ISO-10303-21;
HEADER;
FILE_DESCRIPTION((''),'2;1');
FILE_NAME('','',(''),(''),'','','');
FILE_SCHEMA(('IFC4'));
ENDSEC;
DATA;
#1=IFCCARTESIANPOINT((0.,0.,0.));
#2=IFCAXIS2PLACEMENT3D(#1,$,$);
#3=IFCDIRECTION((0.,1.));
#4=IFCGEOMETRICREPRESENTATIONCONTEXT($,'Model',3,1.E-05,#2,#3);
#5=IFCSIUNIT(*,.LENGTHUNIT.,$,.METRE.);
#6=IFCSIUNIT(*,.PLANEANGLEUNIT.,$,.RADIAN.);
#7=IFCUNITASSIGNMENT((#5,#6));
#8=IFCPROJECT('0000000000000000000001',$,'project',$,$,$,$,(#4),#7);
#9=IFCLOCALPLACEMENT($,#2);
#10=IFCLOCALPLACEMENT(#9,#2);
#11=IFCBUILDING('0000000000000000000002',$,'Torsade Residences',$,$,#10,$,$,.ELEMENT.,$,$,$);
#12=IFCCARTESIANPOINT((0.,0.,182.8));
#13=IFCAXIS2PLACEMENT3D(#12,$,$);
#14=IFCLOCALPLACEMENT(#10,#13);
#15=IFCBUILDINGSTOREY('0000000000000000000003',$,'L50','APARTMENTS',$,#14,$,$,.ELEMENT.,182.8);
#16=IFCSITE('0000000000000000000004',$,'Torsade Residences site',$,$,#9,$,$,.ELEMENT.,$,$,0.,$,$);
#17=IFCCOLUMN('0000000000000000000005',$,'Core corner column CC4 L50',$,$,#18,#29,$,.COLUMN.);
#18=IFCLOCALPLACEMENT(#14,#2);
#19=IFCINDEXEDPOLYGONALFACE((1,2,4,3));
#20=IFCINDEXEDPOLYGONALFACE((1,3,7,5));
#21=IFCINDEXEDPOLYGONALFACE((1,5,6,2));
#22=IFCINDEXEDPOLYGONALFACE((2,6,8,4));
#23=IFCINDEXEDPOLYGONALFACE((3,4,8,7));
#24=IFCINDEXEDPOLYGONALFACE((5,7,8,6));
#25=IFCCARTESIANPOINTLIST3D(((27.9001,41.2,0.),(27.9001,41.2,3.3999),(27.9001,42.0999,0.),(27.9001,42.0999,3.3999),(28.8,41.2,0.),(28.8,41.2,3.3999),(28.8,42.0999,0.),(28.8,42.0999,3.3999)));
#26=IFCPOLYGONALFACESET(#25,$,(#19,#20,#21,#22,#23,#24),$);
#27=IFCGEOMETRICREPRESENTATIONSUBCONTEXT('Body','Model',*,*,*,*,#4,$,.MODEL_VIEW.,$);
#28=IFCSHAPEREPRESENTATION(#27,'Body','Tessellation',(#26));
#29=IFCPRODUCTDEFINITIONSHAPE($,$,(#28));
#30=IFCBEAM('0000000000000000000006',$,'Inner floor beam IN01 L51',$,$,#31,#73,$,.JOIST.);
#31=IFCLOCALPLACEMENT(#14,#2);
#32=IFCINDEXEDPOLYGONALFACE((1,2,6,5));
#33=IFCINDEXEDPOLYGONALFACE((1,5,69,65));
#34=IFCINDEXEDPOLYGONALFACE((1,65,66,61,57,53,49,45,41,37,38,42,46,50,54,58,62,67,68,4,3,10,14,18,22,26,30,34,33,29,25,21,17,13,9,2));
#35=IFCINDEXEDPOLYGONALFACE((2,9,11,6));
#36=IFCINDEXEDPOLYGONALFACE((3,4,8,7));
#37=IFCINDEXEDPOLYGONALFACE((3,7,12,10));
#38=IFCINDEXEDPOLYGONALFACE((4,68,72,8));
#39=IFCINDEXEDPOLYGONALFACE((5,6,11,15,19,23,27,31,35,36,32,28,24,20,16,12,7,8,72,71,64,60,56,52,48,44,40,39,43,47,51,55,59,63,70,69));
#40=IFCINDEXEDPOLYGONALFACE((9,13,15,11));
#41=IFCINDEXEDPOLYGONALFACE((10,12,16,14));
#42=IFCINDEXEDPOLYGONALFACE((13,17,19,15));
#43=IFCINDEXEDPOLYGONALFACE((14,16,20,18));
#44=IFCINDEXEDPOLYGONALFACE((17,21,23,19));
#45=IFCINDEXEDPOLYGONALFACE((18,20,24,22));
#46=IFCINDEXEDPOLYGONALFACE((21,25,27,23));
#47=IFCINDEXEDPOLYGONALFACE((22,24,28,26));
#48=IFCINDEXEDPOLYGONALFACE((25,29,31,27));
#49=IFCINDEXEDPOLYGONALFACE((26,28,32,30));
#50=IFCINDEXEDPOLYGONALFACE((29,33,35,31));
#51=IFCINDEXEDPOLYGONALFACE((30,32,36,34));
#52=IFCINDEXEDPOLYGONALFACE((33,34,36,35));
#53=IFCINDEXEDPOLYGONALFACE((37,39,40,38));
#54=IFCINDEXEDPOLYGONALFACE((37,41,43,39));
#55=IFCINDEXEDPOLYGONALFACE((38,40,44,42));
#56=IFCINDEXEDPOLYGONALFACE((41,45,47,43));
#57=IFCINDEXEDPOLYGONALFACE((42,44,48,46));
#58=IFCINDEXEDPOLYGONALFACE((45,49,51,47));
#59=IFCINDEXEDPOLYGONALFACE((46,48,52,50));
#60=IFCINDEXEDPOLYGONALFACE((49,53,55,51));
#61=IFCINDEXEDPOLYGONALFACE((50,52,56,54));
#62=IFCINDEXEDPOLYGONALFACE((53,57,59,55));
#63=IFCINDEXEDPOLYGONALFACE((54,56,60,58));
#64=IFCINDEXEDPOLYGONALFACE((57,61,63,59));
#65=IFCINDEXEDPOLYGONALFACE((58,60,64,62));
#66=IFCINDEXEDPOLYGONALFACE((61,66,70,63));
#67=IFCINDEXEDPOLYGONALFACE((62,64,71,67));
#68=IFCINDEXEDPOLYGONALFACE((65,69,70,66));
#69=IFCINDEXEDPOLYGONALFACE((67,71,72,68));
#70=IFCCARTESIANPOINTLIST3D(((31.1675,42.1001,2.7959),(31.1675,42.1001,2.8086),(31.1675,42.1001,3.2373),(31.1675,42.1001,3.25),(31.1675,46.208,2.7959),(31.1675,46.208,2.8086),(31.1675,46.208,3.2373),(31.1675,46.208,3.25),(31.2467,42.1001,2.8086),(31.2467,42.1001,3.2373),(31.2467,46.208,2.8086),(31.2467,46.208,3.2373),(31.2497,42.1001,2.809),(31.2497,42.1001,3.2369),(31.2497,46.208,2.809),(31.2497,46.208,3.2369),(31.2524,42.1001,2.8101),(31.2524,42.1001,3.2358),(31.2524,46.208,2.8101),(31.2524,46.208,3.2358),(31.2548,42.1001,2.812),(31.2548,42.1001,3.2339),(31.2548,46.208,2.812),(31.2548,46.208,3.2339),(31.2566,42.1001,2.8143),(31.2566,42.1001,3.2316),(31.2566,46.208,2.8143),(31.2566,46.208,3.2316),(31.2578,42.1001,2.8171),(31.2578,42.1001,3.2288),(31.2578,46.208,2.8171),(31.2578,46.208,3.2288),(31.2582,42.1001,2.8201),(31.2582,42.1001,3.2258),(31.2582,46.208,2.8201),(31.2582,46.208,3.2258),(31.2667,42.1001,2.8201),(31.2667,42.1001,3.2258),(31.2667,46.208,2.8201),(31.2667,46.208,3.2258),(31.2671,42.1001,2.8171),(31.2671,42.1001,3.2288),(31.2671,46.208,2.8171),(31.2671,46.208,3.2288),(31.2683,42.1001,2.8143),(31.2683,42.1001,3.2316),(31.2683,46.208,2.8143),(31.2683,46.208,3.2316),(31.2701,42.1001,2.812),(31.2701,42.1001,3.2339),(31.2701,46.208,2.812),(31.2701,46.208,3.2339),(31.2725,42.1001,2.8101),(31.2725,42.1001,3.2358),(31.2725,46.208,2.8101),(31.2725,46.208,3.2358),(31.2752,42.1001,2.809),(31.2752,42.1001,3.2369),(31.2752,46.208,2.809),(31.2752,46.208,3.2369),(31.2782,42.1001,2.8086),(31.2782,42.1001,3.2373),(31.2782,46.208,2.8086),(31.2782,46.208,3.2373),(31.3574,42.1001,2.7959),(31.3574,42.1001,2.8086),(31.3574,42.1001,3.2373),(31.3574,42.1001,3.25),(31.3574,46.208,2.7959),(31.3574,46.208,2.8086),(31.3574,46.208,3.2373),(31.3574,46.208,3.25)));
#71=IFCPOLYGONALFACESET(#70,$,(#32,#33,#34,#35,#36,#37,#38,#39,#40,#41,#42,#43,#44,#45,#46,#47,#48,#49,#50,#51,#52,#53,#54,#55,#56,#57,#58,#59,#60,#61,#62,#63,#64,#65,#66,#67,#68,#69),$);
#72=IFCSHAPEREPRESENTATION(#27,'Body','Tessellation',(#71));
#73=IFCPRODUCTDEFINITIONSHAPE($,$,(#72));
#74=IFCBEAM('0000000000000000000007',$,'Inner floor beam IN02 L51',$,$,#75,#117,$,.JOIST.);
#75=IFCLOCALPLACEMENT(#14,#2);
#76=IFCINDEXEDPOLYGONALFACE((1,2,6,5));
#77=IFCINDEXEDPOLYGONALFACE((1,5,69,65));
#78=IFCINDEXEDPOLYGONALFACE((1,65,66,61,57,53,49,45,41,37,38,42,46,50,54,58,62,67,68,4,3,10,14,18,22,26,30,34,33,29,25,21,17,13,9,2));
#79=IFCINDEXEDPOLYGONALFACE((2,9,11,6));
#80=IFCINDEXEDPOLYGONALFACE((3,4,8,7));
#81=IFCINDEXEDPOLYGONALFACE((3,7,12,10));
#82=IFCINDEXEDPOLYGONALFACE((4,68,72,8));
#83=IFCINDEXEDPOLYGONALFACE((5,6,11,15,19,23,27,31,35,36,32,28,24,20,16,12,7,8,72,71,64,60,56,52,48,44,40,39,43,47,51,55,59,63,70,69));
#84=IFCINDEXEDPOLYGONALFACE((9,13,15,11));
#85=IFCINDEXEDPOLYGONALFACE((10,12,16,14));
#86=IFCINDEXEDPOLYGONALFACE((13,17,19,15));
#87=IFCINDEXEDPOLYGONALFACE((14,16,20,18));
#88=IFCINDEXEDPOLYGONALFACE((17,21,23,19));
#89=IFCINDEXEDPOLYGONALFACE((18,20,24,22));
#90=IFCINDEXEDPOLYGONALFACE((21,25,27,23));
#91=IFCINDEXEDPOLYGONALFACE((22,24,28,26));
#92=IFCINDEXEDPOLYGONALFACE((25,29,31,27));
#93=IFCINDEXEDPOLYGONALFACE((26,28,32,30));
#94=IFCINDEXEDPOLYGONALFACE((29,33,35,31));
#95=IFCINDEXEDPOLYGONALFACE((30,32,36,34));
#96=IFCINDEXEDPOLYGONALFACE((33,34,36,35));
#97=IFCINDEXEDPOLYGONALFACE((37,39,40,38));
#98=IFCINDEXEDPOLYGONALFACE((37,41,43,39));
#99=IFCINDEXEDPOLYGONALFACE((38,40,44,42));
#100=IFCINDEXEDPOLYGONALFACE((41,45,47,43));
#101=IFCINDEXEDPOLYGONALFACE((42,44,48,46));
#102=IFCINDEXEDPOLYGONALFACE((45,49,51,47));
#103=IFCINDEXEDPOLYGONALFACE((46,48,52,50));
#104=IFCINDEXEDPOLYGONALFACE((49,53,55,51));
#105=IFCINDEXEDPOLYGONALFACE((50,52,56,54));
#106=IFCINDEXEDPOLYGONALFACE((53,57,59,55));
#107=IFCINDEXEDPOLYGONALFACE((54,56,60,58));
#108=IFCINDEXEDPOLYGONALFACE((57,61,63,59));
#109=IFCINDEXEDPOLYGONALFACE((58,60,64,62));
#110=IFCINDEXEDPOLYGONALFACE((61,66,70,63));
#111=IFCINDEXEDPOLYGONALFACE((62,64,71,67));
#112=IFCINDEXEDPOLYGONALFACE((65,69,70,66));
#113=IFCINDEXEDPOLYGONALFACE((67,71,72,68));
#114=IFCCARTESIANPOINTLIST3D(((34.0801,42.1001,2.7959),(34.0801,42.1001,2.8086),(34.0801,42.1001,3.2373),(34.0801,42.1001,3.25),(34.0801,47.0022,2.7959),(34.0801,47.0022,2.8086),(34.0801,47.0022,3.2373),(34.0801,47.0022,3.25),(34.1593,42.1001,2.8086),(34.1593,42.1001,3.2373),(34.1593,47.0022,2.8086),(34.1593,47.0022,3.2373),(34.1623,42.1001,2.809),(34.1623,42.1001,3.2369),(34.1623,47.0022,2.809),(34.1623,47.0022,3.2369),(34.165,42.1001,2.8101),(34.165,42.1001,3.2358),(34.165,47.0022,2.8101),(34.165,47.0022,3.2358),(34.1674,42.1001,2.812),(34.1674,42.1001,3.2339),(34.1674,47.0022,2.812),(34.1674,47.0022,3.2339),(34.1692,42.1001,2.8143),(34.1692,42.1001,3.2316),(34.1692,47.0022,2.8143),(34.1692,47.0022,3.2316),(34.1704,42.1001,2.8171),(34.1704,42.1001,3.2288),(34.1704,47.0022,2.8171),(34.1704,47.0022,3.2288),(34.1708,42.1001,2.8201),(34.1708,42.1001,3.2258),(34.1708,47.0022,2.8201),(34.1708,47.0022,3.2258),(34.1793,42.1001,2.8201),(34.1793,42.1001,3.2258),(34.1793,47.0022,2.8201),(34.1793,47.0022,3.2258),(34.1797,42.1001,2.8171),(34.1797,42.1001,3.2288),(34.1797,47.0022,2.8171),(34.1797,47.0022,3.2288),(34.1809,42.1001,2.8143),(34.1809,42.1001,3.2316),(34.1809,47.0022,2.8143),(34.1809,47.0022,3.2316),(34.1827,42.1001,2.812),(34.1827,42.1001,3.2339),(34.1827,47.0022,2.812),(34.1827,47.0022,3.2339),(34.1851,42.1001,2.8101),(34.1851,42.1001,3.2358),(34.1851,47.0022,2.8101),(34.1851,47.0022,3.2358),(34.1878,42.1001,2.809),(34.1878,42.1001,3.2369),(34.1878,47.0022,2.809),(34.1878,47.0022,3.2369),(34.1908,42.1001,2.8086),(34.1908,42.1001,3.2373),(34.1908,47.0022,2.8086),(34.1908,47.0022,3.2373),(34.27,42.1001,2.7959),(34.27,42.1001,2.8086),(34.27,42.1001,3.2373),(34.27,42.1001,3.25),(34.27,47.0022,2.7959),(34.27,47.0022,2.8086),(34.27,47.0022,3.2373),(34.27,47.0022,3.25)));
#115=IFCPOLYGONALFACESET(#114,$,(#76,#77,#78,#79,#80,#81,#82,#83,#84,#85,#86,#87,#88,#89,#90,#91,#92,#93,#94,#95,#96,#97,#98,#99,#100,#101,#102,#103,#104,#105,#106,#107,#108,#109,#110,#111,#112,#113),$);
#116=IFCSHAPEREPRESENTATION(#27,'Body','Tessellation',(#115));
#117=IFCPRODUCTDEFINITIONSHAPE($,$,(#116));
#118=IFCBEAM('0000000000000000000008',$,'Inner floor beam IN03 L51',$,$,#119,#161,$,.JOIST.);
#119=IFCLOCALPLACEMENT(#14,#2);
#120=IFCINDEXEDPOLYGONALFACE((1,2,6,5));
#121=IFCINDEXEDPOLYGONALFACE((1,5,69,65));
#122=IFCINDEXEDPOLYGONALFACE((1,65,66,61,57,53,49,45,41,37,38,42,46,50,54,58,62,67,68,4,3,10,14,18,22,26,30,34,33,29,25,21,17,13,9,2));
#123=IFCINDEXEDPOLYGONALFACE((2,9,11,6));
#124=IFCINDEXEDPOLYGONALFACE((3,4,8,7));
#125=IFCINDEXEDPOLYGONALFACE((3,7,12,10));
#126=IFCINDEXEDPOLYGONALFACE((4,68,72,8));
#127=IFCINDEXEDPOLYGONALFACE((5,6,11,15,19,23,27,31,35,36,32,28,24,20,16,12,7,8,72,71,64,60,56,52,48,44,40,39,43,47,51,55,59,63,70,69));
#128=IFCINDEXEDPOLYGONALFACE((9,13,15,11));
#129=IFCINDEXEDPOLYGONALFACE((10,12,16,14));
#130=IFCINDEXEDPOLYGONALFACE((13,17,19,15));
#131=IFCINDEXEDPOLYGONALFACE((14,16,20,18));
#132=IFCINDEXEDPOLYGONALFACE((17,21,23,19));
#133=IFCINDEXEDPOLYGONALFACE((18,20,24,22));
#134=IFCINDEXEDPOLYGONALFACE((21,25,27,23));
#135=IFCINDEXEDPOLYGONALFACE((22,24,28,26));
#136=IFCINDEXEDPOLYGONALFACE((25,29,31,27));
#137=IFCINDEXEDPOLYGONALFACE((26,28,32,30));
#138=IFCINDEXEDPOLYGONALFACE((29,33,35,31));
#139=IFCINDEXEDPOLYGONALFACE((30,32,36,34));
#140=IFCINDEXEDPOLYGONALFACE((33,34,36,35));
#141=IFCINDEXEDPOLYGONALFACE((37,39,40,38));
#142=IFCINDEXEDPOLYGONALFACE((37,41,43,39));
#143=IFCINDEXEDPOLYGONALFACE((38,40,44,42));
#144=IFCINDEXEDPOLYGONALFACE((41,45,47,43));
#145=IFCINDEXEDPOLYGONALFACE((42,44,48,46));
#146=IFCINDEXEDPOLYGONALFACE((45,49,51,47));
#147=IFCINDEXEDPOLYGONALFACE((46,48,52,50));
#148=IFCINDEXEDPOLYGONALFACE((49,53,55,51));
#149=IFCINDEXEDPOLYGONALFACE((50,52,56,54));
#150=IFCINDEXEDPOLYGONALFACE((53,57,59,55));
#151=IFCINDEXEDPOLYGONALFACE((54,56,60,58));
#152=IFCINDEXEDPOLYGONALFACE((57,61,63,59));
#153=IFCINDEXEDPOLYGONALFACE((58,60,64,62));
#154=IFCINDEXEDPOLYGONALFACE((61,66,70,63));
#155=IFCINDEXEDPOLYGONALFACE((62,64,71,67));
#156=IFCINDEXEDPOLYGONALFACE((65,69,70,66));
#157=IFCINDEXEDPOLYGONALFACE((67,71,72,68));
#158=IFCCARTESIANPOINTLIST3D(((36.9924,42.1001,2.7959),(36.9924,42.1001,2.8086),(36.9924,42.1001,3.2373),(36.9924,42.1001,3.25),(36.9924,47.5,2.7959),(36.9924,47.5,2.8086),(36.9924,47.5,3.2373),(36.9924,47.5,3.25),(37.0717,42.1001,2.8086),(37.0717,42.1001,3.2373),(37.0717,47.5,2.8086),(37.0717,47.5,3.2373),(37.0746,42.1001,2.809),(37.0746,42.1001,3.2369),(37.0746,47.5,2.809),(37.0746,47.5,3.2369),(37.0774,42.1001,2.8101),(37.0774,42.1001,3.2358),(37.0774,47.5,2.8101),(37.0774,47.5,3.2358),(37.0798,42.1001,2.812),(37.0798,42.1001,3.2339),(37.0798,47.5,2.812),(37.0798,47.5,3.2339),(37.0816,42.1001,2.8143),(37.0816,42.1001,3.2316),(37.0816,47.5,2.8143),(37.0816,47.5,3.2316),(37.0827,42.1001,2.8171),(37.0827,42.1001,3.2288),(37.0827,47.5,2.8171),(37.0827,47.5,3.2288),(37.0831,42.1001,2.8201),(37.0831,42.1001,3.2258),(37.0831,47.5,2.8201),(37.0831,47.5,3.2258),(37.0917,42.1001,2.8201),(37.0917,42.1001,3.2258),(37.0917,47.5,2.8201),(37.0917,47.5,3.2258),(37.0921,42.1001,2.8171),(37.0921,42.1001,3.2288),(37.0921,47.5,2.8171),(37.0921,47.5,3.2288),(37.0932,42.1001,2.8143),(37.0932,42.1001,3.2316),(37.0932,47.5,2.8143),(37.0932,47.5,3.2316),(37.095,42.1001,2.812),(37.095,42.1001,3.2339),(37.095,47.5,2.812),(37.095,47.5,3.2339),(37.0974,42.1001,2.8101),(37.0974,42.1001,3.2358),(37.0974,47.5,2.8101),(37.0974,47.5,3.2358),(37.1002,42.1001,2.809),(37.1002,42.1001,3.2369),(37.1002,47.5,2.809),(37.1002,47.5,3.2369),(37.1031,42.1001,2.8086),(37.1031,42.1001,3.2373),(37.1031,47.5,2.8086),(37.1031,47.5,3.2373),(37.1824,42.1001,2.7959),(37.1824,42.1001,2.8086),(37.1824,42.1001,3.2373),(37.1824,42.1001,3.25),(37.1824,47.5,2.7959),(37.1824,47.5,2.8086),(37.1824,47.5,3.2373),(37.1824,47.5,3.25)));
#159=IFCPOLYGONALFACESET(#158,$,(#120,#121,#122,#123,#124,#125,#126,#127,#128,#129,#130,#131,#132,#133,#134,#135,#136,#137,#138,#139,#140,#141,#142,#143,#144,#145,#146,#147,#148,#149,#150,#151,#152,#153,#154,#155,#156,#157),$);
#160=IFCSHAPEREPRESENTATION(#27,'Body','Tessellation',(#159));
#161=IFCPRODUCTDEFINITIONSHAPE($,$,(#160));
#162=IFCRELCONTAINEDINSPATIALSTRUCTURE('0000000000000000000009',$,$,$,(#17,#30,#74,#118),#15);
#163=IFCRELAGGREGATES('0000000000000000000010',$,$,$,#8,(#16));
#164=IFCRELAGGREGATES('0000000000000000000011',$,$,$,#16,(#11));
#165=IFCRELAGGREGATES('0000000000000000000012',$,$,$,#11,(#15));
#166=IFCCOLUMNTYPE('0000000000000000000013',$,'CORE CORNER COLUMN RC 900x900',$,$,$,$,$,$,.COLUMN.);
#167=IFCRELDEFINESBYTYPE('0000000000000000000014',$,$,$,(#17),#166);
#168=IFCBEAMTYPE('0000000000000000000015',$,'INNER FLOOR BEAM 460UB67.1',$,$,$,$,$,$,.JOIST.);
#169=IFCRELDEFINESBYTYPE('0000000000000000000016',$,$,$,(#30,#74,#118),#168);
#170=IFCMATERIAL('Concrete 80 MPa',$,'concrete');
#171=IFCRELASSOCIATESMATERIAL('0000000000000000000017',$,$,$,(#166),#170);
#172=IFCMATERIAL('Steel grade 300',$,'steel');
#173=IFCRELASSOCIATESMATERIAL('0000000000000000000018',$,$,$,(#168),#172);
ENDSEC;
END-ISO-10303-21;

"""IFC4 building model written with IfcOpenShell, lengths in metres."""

from ifc_helpers import new_model, si_unit, direction, frame, origin, origin_2d, place, context, subcontext, project, spatial, rectangle, i_section, extrude, material, material_profile, profile_set, type_object, element, save


model = new_model("IFC4")

# Units and contexts
model_context = context("Model", 3, precision=1e-05, world=origin(), true_north=direction((0.0, 1.0)))
body_context = subcontext(model_context, "Body", "Model", "MODEL_VIEW")
ifc_project = project(units=[si_unit("LENGTHUNIT", "METRE"), si_unit("PLANEANGLEUNIT", "RADIAN")], contexts=[model_context])

# Site, building, storey
site_placement = place(None, origin())
site = spatial("IfcSite", under=ifc_project, at=site_placement, Name="Torsade Residences site", CompositionType="ELEMENT", RefElevation=0.0)
building_placement = place(site_placement, origin())
building = spatial("IfcBuilding", under=site, at=building_placement, Name="Torsade Residences", CompositionType="ELEMENT")
storey_placement = place(building_placement, frame((0.0, 0.0, 182.8)))
storey = spatial("IfcBuildingStorey", under=building, at=storey_placement, Name="L50", Description="APARTMENTS", CompositionType="ELEMENT", Elevation=182.8)

# Column
ifc_material_1 = material(Name="Concrete 80 MPa", Category="concrete")
ifc_material_profile_1 = material_profile(ifc_material_1, rectangle(XDim=0.8999, YDim=0.8999, at=origin_2d()), Name="RC 900x900")
ifc_profile_set_1 = profile_set([ifc_material_profile_1], Name="Concrete 80 MPa")
column_type = type_object("IfcColumnType", Name="CORE CORNER COLUMN RC 900x900", PredefinedType="COLUMN", material=ifc_profile_set_1)
column_placement = place(storey_placement, frame((28.3501, 41.6499, 0.0), z_axis=(0.0, 0.0, 1.0), x_axis=(1.0, 0.0, 0.0)))
element("IfcColumn", 1, at=column_placement, inside=storey, type_object=column_type, Name="Core corner column CC4 L50", PredefinedType="COLUMN", context=body_context, shape_type="SweptSolid", body=[
    extrude(rectangle(XDim=0.8999, YDim=0.8999, at=origin_2d()), origin(), (0.0, 0.0, 1.0), 3.3999),
])

# Beams
ifc_material_2 = material(Name="Steel grade 300", Category="steel")
ifc_material_profile_2 = material_profile(ifc_material_2, i_section(OverallWidth=0.1899, OverallDepth=0.4541, WebThickness=0.0085, FlangeThickness=0.0127, FilletRadius=0.0115, at=origin_2d()), Name="460UB67.1")
ifc_profile_set_2 = profile_set([ifc_material_profile_2], Name="Steel grade 300")
beam_type = type_object("IfcBeamType", Name="INNER FLOOR BEAM 460UB67.1", PredefinedType="JOIST", material=ifc_profile_set_2)
beam_1_placement = place(storey_placement, frame((31.2625, 42.1001, 3.0229), z_axis=(0.0, 1.0, 0.0), x_axis=(-1.0, 0.0, 0.0)))
element("IfcBeam", 2, at=beam_1_placement, inside=storey, type_object=beam_type, Name="Inner floor beam IN01 L51", PredefinedType="JOIST", context=body_context, shape_type="SweptSolid", body=[
    extrude(i_section(OverallWidth=0.1899, OverallDepth=0.4541, WebThickness=0.0085, FlangeThickness=0.0127, FilletRadius=0.0115, at=origin_2d()), origin(), (0.0, 0.0, 1.0), 4.1079),
])
beam_2_placement = place(storey_placement, frame((34.175, 42.1001, 3.0229), z_axis=(0.0, 1.0, 0.0), x_axis=(-1.0, 0.0, 0.0)))
element("IfcBeam", 3, at=beam_2_placement, inside=storey, type_object=beam_type, Name="Inner floor beam IN02 L51", PredefinedType="JOIST", context=body_context, shape_type="SweptSolid", body=[
    extrude(i_section(OverallWidth=0.1899, OverallDepth=0.4541, WebThickness=0.0085, FlangeThickness=0.0127, FilletRadius=0.0115, at=origin_2d()), origin(), (0.0, 0.0, 1.0), 4.9021),
])
beam_3_placement = place(storey_placement, frame((37.0874, 42.1001, 3.0229), z_axis=(0.0, 1.0, 0.0), x_axis=(-1.0, 0.0, 0.0)))
element("IfcBeam", 4, at=beam_3_placement, inside=storey, type_object=beam_type, Name="Inner floor beam IN03 L51", PredefinedType="JOIST", context=body_context, shape_type="SweptSolid", body=[
    extrude(i_section(OverallWidth=0.1899, OverallDepth=0.4541, WebThickness=0.0085, FlangeThickness=0.0127, FilletRadius=0.0115, at=origin_2d()), origin(), (0.0, 0.0, 1.0), 5.3999),
])

save(model, "model.ifc")
